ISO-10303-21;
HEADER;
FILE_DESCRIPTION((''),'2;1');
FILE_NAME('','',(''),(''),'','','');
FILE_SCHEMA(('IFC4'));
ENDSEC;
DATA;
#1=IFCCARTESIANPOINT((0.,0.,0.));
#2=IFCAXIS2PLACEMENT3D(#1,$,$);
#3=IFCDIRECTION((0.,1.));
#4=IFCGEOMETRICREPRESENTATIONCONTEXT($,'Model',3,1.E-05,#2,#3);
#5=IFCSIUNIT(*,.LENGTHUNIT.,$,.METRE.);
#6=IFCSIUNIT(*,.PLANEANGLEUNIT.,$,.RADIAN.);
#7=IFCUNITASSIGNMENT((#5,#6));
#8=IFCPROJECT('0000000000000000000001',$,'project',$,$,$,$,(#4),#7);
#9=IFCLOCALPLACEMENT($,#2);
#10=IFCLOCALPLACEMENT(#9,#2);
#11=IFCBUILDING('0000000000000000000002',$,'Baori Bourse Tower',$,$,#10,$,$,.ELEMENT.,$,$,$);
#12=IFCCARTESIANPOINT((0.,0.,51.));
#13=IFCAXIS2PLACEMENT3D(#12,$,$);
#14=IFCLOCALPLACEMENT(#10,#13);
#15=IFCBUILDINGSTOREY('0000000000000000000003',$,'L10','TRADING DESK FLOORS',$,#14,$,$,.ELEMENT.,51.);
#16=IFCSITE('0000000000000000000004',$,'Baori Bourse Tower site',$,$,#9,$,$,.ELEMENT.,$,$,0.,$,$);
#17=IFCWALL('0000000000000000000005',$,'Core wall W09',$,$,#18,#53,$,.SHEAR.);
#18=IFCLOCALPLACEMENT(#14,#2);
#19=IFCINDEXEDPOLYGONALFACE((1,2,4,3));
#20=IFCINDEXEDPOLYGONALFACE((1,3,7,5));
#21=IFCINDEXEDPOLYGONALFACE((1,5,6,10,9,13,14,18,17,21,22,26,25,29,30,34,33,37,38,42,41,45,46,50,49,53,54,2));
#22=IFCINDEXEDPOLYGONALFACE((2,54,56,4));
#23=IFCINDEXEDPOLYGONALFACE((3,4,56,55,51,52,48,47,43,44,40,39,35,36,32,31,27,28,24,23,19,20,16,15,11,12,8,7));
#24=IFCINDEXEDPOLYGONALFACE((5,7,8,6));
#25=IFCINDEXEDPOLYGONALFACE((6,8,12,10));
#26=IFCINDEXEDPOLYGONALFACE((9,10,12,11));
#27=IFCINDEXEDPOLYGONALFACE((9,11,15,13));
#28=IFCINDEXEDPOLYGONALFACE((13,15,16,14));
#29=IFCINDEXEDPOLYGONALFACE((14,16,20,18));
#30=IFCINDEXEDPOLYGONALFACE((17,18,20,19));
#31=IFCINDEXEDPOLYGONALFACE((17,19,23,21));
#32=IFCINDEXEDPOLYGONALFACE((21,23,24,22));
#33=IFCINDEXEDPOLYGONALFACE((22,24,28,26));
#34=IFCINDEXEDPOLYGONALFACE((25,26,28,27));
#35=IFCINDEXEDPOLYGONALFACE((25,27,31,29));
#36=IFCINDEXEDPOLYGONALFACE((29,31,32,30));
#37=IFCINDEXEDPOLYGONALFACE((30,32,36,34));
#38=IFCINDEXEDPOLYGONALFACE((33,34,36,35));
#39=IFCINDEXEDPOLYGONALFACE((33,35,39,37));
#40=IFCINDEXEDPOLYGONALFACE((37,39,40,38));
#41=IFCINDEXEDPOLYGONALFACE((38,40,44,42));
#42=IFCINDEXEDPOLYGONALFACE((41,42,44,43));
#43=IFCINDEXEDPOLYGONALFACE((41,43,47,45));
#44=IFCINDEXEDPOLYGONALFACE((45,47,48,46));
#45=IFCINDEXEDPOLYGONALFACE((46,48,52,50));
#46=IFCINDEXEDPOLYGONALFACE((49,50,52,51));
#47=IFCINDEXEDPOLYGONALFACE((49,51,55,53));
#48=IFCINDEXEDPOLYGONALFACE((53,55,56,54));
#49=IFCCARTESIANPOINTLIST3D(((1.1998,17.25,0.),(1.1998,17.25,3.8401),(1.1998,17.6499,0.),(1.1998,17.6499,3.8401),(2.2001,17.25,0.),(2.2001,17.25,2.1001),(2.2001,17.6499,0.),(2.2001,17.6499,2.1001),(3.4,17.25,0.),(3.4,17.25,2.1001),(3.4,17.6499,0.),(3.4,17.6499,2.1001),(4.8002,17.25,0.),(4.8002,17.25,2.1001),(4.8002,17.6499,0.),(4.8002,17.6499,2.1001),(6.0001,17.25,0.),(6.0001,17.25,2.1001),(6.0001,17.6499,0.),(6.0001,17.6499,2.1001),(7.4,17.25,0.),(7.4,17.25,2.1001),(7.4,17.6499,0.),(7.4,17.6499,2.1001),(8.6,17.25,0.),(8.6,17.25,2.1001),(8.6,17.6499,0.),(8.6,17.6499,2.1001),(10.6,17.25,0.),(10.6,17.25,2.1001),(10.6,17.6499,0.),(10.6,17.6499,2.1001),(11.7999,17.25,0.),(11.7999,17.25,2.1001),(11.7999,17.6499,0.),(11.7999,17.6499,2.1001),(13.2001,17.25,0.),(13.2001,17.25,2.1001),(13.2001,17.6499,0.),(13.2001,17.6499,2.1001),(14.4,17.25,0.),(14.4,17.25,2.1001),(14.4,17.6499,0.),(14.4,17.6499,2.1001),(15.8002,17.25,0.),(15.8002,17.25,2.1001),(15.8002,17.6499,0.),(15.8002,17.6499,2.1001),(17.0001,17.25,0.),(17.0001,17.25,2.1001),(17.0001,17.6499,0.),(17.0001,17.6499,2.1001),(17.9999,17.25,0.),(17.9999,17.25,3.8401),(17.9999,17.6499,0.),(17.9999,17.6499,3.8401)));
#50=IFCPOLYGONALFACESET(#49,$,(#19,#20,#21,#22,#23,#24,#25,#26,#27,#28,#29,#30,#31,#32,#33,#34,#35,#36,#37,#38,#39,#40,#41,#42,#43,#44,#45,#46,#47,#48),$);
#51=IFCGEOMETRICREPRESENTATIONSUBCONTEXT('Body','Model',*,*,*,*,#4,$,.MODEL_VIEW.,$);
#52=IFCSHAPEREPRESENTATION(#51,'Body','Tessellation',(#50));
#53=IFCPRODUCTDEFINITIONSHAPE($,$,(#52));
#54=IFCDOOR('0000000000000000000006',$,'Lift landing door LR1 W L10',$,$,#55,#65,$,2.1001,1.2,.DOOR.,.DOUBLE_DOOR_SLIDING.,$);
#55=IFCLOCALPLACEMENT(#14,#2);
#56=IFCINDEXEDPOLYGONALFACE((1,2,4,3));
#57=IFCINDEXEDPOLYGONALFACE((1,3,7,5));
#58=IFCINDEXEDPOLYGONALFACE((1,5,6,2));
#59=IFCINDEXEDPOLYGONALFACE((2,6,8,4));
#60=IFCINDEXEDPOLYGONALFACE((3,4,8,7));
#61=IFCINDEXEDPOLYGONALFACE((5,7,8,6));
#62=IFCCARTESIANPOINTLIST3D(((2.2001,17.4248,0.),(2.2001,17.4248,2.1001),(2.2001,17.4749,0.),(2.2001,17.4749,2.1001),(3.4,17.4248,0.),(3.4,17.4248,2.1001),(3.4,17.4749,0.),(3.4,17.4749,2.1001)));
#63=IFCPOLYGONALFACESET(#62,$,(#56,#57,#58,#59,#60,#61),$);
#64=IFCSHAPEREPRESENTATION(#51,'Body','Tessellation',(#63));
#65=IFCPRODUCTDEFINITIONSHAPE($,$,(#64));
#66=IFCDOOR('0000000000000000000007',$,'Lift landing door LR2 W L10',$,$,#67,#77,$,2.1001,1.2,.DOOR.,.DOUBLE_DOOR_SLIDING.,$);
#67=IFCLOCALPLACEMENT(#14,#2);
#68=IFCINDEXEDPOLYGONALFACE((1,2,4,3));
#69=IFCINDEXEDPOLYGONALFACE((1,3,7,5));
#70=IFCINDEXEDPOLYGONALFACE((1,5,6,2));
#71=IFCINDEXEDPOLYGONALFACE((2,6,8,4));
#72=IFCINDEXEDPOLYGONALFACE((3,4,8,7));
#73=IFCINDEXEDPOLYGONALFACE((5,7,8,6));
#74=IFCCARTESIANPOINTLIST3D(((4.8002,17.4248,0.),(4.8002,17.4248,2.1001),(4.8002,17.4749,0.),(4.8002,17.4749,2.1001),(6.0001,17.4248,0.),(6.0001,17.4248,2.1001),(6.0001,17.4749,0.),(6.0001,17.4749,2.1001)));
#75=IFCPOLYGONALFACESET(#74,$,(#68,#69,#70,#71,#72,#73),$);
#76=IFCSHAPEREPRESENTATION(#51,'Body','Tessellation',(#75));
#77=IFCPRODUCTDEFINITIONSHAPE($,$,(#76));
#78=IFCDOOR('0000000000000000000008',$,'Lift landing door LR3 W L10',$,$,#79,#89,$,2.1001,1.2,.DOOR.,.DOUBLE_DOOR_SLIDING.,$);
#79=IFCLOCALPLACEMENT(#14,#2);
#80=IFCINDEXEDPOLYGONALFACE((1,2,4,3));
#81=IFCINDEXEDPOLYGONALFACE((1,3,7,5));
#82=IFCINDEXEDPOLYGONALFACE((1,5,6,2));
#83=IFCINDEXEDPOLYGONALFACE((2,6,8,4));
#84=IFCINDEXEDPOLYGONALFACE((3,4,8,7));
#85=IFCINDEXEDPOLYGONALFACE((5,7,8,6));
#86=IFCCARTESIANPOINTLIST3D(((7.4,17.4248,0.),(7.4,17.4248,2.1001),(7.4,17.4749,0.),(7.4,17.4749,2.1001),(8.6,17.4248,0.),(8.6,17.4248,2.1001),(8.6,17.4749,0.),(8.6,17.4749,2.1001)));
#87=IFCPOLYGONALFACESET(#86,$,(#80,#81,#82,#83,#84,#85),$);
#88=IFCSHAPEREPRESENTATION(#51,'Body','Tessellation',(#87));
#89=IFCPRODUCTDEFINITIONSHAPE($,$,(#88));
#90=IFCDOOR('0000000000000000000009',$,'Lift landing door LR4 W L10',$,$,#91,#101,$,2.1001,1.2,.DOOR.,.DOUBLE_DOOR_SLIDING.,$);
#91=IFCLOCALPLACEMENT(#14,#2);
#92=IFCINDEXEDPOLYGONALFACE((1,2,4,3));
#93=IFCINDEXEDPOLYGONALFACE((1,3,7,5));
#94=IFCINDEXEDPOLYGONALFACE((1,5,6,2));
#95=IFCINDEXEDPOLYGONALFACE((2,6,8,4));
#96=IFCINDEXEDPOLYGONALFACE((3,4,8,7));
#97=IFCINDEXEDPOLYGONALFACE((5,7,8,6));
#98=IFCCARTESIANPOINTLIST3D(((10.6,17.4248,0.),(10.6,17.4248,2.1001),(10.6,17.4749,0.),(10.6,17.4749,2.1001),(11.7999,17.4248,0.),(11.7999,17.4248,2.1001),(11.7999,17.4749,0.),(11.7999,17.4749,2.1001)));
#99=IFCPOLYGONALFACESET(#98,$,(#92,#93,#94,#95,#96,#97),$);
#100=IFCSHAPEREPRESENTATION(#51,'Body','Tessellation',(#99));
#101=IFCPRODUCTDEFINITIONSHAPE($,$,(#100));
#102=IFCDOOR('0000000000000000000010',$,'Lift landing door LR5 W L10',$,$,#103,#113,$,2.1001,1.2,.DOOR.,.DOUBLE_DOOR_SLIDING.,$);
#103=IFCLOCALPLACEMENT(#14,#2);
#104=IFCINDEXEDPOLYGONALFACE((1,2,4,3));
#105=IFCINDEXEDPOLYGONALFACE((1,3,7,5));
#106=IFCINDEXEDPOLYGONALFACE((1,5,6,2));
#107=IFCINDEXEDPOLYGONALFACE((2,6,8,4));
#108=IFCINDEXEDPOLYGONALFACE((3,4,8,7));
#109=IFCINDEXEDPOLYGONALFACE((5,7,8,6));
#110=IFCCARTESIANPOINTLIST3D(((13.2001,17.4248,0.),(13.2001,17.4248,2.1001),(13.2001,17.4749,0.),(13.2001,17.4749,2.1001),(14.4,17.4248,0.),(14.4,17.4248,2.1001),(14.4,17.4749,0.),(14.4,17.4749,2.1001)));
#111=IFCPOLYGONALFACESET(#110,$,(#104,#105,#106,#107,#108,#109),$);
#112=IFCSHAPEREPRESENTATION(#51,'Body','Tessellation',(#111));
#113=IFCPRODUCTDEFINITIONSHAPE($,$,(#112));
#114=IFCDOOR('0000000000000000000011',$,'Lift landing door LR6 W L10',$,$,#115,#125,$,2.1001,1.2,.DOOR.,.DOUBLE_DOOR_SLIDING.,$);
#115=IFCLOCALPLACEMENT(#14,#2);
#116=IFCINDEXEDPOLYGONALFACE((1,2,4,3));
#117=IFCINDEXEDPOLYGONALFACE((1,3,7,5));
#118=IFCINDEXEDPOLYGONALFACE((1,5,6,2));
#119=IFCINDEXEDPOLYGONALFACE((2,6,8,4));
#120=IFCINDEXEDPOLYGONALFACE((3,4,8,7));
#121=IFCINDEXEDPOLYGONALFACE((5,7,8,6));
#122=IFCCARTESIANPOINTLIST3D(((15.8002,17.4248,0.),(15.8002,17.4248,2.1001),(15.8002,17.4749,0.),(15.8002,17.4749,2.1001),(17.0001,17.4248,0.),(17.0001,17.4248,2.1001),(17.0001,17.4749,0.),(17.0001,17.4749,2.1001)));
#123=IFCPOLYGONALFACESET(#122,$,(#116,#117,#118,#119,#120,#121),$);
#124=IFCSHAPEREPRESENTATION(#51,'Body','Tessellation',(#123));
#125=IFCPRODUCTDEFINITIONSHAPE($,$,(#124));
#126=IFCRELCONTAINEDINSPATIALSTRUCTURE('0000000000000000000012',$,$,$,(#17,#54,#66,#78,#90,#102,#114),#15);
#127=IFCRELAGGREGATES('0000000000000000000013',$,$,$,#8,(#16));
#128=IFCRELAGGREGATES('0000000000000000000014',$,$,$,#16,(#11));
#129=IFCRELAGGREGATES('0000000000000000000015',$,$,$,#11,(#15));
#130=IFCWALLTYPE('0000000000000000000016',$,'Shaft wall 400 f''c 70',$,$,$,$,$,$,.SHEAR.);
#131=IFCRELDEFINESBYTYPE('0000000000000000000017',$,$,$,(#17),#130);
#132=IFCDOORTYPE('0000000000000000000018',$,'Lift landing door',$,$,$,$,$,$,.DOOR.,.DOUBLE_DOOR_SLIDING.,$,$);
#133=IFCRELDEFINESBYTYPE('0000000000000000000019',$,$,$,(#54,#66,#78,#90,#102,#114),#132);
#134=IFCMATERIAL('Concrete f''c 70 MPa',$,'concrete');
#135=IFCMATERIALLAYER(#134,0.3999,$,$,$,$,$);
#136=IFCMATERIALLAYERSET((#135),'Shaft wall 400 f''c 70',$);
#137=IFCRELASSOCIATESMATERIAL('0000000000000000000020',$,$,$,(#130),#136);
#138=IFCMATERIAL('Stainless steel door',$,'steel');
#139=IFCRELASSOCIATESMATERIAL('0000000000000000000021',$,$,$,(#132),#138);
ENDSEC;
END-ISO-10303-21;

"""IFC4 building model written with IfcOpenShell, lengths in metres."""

from ifc_helpers import new_model, si_unit, direction, frame, frame_2d, origin, place, context, subcontext, project, spatial, rectangle, extrude, material, layer, layer_set, type_object, element, fill, save


model = new_model("IFC4")

# Units and contexts
model_context = context("Model", 3, precision=1e-05, world=origin(), true_north=direction((0.0, 1.0)))
body_context = subcontext(model_context, "Body", "Model", "MODEL_VIEW")
ifc_project = project(units=[si_unit("LENGTHUNIT", "METRE"), si_unit("PLANEANGLEUNIT", "RADIAN")], contexts=[model_context])

# Site, building, storey
site_placement = place(None, origin())
site = spatial("IfcSite", under=ifc_project, at=site_placement, Name="Baori Bourse Tower site", CompositionType="ELEMENT", RefElevation=0.0)
building_placement = place(site_placement, origin())
building = spatial("IfcBuilding", under=site, at=building_placement, Name="Baori Bourse Tower", CompositionType="ELEMENT")
storey_placement = place(building_placement, frame((0.0, 0.0, 51.0)))
storey = spatial("IfcBuildingStorey", under=building, at=storey_placement, Name="L10", Description="TRADING DESK FLOORS", CompositionType="ELEMENT", Elevation=51.0)

# Shared definitions
ifc_material_1 = material(Name="Concrete f'c 70 MPa", Category="concrete")
ifc_layer_1 = layer(ifc_material_1, 0.3999)
ifc_layer_set_1 = layer_set([ifc_layer_1], Name="Shaft wall 400 f'c 70")
wall_type_1 = type_object("IfcWallType", Name="Shaft wall 400 f'c 70", PredefinedType="SHEAR", material=ifc_layer_set_1)

# Wall, openings, doors
wall_1_placement = place(storey_placement, frame((1.2, 17.45, 0.0), z_axis=(0.0, 0.0, 1.0), x_axis=(1.0, 0.0, 0.0)))
wall_1 = element("IfcWall", 1, at=wall_1_placement, inside=storey, type_object=wall_type_1, Name="Core wall W09", PredefinedType="SHEAR", context=body_context, shape_type="SweptSolid", body=[
    extrude(rectangle(XDim=16.8, YDim=0.3999, at=frame_2d((8.3999, 0.0))), origin(), (0.0, 0.0, 1.0), 3.8401),
])
opening_1_placement = place(wall_1_placement, frame((1.0, 0.0, 0.0)))
opening_1 = element("IfcOpeningElement", 2, at=opening_1_placement, cuts=wall_1, PredefinedType="OPENING", context=body_context, shape_type="SweptSolid", body=[
    extrude(rectangle(XDim=1.2, YDim=2.1001, at=frame_2d((0.6001, 1.05))), frame((0.0, 0.21, 0.0), z_axis=(0.0, -1.0, 0.0), x_axis=(1.0, 0.0, 0.0)), (0.0, 0.0, 1.0), 0.4199),
])
opening_2_placement = place(wall_1_placement, frame((3.6001, 0.0, 0.0)))
opening_2 = element("IfcOpeningElement", 3, at=opening_2_placement, cuts=wall_1, PredefinedType="OPENING", context=body_context, shape_type="SweptSolid", body=[
    extrude(rectangle(XDim=1.2, YDim=2.1001, at=frame_2d((0.6001, 1.05))), frame((0.0, 0.21, 0.0), z_axis=(0.0, -1.0, 0.0), x_axis=(1.0, 0.0, 0.0)), (0.0, 0.0, 1.0), 0.4199),
])
opening_3_placement = place(wall_1_placement, frame((6.2, 0.0, 0.0)))
opening_3 = element("IfcOpeningElement", 4, at=opening_3_placement, cuts=wall_1, PredefinedType="OPENING", context=body_context, shape_type="SweptSolid", body=[
    extrude(rectangle(XDim=1.2, YDim=2.1001, at=frame_2d((0.6001, 1.05))), frame((0.0, 0.21, 0.0), z_axis=(0.0, -1.0, 0.0), x_axis=(1.0, 0.0, 0.0)), (0.0, 0.0, 1.0), 0.4199),
])
opening_4_placement = place(wall_1_placement, frame((9.3999, 0.0, 0.0)))
opening_4 = element("IfcOpeningElement", 5, at=opening_4_placement, cuts=wall_1, PredefinedType="OPENING", context=body_context, shape_type="SweptSolid", body=[
    extrude(rectangle(XDim=1.2, YDim=2.1001, at=frame_2d((0.6001, 1.05))), frame((0.0, 0.21, 0.0), z_axis=(0.0, -1.0, 0.0), x_axis=(1.0, 0.0, 0.0)), (0.0, 0.0, 1.0), 0.4199),
])
opening_5_placement = place(wall_1_placement, frame((12.0, 0.0, 0.0)))
opening_5 = element("IfcOpeningElement", 6, at=opening_5_placement, cuts=wall_1, PredefinedType="OPENING", context=body_context, shape_type="SweptSolid", body=[
    extrude(rectangle(XDim=1.2, YDim=2.1001, at=frame_2d((0.6001, 1.05))), frame((0.0, 0.21, 0.0), z_axis=(0.0, -1.0, 0.0), x_axis=(1.0, 0.0, 0.0)), (0.0, 0.0, 1.0), 0.4199),
])
opening_6_placement = place(wall_1_placement, frame((14.6001, 0.0, 0.0)))
opening_6 = element("IfcOpeningElement", 7, at=opening_6_placement, cuts=wall_1, PredefinedType="OPENING", context=body_context, shape_type="SweptSolid", body=[
    extrude(rectangle(XDim=1.2, YDim=2.1001, at=frame_2d((0.6001, 1.05))), frame((0.0, 0.21, 0.0), z_axis=(0.0, -1.0, 0.0), x_axis=(1.0, 0.0, 0.0)), (0.0, 0.0, 1.0), 0.4199),
])
ifc_material_2 = material(Name="Stainless steel door", Category="steel")
door_type_1 = type_object("IfcDoorType", Name="Lift landing door", OperationType="DOUBLE_DOOR_SLIDING", PredefinedType="DOOR", material=ifc_material_2)
door_1_placement = place(opening_1_placement, origin())
door_1 = element("IfcDoor", 8, at=door_1_placement, inside=storey, type_object=door_type_1, Name="Lift landing door LR1 W L10", OperationType="DOUBLE_DOOR_SLIDING", OverallHeight=2.1001, OverallWidth=1.2, PredefinedType="DOOR", context=body_context, shape_type="SweptSolid", body=[
    extrude(rectangle(XDim=1.2, YDim=2.1001, at=frame_2d((0.6001, 1.05))), frame((0.0, 0.0249, 0.0), z_axis=(0.0, -1.0, 0.0), x_axis=(1.0, 0.0, 0.0)), (0.0, 0.0, 1.0), 0.05),
])
fill(opening_1, door_1)
door_2_placement = place(opening_2_placement, origin())
door_2 = element("IfcDoor", 9, at=door_2_placement, inside=storey, type_object=door_type_1, Name="Lift landing door LR2 W L10", OperationType="DOUBLE_DOOR_SLIDING", OverallHeight=2.1001, OverallWidth=1.2, PredefinedType="DOOR", context=body_context, shape_type="SweptSolid", body=[
    extrude(rectangle(XDim=1.2, YDim=2.1001, at=frame_2d((0.6001, 1.05))), frame((0.0, 0.0249, 0.0), z_axis=(0.0, -1.0, 0.0), x_axis=(1.0, 0.0, 0.0)), (0.0, 0.0, 1.0), 0.05),
])
fill(opening_2, door_2)
door_3_placement = place(opening_3_placement, origin())
door_3 = element("IfcDoor", 10, at=door_3_placement, inside=storey, type_object=door_type_1, Name="Lift landing door LR3 W L10", OperationType="DOUBLE_DOOR_SLIDING", OverallHeight=2.1001, OverallWidth=1.2, PredefinedType="DOOR", context=body_context, shape_type="SweptSolid", body=[
    extrude(rectangle(XDim=1.2, YDim=2.1001, at=frame_2d((0.6001, 1.05))), frame((0.0, 0.0249, 0.0), z_axis=(0.0, -1.0, 0.0), x_axis=(1.0, 0.0, 0.0)), (0.0, 0.0, 1.0), 0.05),
])
fill(opening_3, door_3)
door_4_placement = place(opening_4_placement, origin())
door_4 = element("IfcDoor", 11, at=door_4_placement, inside=storey, type_object=door_type_1, Name="Lift landing door LR4 W L10", OperationType="DOUBLE_DOOR_SLIDING", OverallHeight=2.1001, OverallWidth=1.2, PredefinedType="DOOR", context=body_context, shape_type="SweptSolid", body=[
    extrude(rectangle(XDim=1.2, YDim=2.1001, at=frame_2d((0.6001, 1.05))), frame((0.0, 0.0249, 0.0), z_axis=(0.0, -1.0, 0.0), x_axis=(1.0, 0.0, 0.0)), (0.0, 0.0, 1.0), 0.05),
])
fill(opening_4, door_4)
door_5_placement = place(opening_5_placement, origin())
door_5 = element("IfcDoor", 12, at=door_5_placement, inside=storey, type_object=door_type_1, Name="Lift landing door LR5 W L10", OperationType="DOUBLE_DOOR_SLIDING", OverallHeight=2.1001, OverallWidth=1.2, PredefinedType="DOOR", context=body_context, shape_type="SweptSolid", body=[
    extrude(rectangle(XDim=1.2, YDim=2.1001, at=frame_2d((0.6001, 1.05))), frame((0.0, 0.0249, 0.0), z_axis=(0.0, -1.0, 0.0), x_axis=(1.0, 0.0, 0.0)), (0.0, 0.0, 1.0), 0.05),
])
fill(opening_5, door_5)
door_6_placement = place(opening_6_placement, origin())
door_6 = element("IfcDoor", 13, at=door_6_placement, inside=storey, type_object=door_type_1, Name="Lift landing door LR6 W L10", OperationType="DOUBLE_DOOR_SLIDING", OverallHeight=2.1001, OverallWidth=1.2, PredefinedType="DOOR", context=body_context, shape_type="SweptSolid", body=[
    extrude(rectangle(XDim=1.2, YDim=2.1001, at=frame_2d((0.6001, 1.05))), frame((0.0, 0.0249, 0.0), z_axis=(0.0, -1.0, 0.0), x_axis=(1.0, 0.0, 0.0)), (0.0, 0.0, 1.0), 0.05),
])
fill(opening_6, door_6)

save(model, "model.ifc")
